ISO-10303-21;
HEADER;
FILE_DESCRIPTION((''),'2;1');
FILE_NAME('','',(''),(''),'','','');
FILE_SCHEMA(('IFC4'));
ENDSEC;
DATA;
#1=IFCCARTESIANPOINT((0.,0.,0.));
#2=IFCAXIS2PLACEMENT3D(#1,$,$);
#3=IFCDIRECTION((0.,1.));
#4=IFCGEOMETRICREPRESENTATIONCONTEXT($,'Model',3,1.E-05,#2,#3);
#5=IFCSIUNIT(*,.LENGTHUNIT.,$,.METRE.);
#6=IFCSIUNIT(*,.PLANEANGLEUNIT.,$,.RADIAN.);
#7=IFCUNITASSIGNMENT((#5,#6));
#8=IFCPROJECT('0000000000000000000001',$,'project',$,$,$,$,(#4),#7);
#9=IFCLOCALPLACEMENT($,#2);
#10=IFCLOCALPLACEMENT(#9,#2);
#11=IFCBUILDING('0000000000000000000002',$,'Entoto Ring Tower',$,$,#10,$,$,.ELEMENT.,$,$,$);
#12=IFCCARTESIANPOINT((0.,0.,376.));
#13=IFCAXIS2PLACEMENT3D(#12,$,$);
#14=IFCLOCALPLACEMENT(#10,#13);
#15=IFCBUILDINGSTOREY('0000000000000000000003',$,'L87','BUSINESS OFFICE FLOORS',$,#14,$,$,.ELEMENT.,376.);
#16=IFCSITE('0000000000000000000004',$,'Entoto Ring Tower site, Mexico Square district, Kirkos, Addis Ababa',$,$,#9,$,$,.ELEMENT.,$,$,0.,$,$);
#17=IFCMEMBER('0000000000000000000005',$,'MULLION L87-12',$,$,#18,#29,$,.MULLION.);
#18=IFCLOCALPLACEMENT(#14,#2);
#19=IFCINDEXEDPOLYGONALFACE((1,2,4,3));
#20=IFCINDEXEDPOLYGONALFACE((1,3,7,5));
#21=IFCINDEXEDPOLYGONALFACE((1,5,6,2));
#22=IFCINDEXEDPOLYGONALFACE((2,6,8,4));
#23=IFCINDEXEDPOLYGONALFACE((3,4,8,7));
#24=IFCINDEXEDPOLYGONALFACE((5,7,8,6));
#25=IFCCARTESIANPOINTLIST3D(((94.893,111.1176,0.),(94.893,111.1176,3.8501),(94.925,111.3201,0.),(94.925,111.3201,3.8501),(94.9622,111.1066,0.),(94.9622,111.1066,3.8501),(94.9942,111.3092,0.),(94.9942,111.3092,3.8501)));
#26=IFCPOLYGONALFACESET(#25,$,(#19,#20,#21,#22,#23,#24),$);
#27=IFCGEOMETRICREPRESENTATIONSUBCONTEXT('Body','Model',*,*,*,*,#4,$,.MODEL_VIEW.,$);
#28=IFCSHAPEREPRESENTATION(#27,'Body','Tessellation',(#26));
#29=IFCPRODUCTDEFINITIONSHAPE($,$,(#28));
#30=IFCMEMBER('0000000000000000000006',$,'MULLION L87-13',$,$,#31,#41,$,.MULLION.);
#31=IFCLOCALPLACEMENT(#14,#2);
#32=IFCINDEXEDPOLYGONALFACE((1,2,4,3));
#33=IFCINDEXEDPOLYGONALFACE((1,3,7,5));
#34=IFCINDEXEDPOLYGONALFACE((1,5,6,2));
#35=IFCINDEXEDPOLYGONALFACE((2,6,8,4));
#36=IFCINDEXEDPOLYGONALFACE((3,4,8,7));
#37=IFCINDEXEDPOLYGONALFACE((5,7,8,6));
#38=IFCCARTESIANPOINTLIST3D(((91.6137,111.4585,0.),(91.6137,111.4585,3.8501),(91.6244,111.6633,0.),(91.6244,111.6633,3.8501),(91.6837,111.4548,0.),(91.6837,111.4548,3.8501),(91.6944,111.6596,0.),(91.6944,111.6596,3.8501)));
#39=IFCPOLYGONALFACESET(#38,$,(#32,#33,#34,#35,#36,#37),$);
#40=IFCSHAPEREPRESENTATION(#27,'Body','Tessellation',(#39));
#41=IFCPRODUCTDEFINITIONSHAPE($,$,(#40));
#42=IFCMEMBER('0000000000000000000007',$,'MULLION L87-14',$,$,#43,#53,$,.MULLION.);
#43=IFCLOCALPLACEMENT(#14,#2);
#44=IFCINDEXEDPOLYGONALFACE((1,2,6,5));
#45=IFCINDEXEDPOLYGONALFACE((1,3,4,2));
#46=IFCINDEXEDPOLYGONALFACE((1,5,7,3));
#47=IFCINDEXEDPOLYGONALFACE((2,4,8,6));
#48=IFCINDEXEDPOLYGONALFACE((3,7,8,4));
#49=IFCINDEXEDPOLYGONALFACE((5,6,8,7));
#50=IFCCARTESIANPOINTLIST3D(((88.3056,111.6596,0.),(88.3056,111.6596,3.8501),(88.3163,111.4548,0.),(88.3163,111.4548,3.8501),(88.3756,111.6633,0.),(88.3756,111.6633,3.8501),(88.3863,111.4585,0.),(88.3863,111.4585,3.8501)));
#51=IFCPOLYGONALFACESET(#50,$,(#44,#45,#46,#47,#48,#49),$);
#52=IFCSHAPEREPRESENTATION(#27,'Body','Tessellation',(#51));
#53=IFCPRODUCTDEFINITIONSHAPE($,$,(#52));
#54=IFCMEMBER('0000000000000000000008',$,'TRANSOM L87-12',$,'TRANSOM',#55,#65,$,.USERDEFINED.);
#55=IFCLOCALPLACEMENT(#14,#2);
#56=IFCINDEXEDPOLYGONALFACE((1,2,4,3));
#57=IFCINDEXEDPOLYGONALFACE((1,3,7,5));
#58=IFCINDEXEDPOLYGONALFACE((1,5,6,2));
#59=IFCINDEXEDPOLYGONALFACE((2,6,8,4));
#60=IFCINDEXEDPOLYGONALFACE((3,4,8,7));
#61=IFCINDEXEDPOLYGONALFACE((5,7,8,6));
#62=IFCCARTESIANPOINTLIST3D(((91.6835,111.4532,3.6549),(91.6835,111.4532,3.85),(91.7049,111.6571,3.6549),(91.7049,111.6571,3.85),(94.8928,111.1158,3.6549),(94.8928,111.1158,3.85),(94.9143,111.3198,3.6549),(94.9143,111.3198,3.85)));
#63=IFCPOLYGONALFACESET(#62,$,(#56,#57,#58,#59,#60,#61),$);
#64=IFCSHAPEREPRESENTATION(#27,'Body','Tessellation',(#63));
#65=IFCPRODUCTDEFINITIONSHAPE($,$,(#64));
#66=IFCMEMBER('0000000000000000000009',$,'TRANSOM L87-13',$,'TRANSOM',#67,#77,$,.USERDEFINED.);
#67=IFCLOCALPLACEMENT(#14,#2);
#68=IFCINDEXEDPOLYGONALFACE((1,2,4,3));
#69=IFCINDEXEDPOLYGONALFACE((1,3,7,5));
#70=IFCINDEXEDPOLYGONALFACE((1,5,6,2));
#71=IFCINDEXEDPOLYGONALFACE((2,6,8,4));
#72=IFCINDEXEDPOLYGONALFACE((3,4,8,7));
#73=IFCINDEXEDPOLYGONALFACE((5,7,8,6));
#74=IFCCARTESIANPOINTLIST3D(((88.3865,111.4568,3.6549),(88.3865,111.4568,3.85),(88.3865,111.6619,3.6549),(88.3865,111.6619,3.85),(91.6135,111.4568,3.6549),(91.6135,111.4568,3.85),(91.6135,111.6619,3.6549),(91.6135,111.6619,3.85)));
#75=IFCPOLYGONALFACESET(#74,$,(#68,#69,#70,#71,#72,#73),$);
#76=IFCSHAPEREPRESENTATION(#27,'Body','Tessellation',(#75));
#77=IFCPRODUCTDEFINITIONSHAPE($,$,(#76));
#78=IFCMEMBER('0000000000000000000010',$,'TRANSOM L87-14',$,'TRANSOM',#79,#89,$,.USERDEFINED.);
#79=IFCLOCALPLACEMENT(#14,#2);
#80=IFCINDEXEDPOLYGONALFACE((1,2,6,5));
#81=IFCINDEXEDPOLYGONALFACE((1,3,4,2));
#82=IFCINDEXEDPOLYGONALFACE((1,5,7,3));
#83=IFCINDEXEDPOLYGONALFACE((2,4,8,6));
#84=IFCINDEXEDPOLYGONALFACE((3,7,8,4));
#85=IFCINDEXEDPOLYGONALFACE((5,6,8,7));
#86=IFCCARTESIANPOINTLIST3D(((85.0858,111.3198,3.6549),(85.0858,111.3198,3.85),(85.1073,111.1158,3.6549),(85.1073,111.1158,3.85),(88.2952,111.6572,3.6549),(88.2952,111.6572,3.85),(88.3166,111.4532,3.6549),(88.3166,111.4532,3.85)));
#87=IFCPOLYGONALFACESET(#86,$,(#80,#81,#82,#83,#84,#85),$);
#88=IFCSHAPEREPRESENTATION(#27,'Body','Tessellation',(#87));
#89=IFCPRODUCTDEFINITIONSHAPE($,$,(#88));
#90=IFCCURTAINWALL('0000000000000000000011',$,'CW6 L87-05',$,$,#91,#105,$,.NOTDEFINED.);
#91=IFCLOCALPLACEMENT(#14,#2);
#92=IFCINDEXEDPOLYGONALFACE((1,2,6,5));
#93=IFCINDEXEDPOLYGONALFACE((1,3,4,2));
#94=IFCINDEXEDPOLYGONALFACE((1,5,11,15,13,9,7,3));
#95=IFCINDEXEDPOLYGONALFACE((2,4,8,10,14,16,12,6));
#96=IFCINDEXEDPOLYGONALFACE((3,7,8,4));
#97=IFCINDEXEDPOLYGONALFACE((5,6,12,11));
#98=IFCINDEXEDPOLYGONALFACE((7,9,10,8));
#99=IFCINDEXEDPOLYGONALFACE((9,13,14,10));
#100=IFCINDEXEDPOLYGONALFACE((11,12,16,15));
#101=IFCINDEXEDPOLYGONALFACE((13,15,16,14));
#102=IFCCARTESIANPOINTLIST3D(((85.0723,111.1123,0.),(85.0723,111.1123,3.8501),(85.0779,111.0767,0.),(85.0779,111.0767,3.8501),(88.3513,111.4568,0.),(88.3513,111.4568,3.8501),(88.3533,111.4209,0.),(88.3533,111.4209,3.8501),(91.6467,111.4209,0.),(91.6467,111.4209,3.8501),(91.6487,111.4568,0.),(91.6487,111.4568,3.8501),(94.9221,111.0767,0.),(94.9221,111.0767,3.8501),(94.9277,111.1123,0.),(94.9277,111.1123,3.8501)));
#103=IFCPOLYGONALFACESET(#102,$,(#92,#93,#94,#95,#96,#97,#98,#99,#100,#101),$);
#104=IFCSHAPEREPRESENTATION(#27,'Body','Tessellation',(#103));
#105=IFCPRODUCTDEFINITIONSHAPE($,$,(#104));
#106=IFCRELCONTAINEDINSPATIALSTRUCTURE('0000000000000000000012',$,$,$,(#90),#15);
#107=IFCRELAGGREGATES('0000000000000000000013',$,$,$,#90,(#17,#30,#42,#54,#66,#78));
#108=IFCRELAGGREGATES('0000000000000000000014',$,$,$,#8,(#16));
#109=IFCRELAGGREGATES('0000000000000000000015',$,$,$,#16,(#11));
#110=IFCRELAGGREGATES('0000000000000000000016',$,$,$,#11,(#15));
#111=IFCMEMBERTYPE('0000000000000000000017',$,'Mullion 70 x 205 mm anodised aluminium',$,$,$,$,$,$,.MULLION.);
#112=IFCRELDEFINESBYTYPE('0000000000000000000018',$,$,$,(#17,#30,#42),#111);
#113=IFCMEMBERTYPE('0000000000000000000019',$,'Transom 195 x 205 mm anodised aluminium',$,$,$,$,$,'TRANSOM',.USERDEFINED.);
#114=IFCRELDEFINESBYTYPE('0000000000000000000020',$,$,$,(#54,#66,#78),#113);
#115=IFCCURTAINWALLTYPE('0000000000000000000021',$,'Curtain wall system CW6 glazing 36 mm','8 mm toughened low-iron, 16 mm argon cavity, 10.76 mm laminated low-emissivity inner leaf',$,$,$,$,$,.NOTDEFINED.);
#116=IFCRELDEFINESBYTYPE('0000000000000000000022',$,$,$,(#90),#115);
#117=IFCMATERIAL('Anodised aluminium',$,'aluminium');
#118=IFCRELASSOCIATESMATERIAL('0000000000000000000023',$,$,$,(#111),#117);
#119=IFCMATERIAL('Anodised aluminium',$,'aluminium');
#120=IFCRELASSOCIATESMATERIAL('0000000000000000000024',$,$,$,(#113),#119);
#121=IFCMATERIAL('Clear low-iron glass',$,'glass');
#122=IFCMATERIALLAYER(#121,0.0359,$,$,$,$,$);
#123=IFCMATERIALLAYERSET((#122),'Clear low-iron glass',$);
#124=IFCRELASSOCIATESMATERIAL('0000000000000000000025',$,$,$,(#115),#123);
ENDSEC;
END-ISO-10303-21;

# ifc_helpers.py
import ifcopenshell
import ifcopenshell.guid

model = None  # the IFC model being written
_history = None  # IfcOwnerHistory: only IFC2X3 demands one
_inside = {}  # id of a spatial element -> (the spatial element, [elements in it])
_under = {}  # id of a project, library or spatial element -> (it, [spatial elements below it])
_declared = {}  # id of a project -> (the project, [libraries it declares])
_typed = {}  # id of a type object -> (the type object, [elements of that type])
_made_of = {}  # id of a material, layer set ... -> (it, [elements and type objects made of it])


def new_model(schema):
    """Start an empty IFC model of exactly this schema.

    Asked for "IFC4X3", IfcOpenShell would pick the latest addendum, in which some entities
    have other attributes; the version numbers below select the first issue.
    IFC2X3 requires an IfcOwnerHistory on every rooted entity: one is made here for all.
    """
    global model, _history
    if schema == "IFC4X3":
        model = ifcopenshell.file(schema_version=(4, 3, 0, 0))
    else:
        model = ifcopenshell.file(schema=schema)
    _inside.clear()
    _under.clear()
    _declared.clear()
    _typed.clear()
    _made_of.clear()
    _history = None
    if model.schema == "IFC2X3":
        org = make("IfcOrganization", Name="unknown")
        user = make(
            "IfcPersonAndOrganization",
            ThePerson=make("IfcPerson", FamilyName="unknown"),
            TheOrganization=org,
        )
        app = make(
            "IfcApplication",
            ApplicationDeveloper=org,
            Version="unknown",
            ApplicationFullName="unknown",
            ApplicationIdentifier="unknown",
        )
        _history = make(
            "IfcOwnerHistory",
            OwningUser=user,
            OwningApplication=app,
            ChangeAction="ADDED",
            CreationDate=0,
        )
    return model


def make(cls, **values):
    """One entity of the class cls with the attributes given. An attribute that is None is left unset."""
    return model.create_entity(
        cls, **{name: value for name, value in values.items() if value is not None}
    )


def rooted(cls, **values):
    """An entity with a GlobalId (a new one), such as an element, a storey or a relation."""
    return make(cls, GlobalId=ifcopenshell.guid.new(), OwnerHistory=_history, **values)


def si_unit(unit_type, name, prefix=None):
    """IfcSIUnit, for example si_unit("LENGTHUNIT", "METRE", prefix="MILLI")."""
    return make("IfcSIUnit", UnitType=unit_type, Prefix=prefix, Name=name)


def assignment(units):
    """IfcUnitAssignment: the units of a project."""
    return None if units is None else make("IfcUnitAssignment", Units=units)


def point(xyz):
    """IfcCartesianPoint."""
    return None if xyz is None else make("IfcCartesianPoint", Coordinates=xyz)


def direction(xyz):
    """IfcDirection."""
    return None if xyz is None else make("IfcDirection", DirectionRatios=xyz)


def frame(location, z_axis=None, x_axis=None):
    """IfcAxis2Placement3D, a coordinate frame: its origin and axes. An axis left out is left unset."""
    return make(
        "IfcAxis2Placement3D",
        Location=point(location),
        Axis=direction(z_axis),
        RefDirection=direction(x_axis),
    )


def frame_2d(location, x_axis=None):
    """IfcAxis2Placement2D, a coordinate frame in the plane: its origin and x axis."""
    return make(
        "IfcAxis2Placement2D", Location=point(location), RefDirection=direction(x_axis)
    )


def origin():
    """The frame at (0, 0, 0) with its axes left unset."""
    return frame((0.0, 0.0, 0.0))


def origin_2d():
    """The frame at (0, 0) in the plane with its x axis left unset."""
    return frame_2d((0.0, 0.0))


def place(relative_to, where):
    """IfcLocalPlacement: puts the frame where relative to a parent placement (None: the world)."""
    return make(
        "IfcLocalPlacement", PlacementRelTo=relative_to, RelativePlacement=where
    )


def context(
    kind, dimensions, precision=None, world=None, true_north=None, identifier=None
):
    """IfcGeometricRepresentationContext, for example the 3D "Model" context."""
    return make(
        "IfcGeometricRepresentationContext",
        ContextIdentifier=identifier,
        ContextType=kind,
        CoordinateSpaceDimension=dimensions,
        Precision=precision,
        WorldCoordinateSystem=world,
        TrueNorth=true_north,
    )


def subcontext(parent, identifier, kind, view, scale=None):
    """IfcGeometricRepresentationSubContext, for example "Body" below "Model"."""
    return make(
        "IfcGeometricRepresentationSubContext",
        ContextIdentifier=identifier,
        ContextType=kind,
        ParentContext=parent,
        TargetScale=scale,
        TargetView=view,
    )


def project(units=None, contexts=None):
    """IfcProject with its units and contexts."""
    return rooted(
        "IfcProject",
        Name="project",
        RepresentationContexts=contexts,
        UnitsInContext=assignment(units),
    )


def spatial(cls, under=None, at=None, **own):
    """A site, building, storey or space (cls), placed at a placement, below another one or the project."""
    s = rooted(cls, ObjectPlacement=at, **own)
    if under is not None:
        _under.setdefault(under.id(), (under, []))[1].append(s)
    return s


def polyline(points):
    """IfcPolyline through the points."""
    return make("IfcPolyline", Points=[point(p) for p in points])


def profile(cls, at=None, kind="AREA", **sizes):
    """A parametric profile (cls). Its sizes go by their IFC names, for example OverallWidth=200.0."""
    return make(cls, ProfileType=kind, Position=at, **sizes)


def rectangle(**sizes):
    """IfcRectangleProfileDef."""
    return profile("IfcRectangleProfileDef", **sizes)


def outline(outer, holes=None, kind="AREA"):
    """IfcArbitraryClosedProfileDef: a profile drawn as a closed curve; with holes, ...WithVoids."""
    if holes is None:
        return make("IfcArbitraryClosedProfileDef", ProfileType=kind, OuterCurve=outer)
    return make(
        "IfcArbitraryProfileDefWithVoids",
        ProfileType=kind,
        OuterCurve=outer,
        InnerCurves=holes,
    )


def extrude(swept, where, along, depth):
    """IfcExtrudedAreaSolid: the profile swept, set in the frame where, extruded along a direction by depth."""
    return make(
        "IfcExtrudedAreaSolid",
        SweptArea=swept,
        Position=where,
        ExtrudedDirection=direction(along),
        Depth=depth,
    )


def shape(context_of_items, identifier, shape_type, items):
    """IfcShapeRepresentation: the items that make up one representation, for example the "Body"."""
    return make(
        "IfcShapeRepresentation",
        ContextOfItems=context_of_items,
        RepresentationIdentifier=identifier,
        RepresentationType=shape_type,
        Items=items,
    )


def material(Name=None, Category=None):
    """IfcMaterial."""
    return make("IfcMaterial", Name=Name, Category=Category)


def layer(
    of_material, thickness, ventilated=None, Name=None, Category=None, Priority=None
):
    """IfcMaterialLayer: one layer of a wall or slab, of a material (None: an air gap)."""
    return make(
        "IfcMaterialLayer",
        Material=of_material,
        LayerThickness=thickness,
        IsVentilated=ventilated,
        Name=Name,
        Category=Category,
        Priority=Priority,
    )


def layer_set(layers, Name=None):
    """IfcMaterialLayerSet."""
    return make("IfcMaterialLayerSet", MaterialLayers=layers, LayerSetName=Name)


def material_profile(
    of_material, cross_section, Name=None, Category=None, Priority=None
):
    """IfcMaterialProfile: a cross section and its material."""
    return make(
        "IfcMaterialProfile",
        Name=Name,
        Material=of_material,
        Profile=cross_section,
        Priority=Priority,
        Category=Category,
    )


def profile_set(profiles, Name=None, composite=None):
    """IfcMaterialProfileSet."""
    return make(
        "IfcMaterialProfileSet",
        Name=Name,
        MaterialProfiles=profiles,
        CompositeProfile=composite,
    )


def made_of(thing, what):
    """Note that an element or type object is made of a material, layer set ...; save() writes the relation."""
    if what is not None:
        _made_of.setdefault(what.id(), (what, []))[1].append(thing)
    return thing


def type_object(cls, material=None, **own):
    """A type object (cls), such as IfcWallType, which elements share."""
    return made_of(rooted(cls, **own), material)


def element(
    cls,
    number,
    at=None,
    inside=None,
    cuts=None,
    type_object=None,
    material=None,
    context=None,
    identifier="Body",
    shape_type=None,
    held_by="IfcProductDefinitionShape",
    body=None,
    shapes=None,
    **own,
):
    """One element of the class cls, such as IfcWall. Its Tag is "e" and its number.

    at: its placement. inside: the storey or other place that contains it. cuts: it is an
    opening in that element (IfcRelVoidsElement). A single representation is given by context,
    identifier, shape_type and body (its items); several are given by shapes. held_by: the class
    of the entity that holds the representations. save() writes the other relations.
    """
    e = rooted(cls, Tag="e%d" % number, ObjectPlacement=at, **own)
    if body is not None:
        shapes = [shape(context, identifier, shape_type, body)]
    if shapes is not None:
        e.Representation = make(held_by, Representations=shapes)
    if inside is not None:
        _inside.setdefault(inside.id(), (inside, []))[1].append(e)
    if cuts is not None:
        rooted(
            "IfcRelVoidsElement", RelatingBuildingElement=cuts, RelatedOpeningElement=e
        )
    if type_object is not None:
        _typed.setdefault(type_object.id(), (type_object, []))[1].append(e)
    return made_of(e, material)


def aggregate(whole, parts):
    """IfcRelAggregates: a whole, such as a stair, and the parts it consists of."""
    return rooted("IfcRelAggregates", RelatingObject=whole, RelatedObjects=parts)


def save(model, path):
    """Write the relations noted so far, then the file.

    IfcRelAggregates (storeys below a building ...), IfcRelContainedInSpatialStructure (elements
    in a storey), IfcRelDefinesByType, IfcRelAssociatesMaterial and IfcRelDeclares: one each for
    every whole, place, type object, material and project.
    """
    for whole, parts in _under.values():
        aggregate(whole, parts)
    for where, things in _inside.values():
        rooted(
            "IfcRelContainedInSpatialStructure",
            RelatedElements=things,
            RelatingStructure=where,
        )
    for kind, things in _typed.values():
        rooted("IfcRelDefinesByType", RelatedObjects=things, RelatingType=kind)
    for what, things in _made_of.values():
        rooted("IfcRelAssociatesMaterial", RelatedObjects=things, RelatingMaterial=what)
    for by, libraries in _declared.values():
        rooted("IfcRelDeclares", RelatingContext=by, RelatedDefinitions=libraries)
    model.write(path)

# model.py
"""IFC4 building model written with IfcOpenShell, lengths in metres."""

from ifc_helpers import new_model, si_unit, direction, frame, origin, origin_2d, place, context, subcontext, project, spatial, polyline, rectangle, outline, extrude, material, layer, layer_set, material_profile, profile_set, type_object, element, aggregate, save


model = new_model("IFC4")

# Units and contexts
model_context = context("Model", 3, precision=1e-05, world=origin(), true_north=direction((0.0, 1.0)))
body_context = subcontext(model_context, "Body", "Model", "MODEL_VIEW")
ifc_project = project(units=[si_unit("LENGTHUNIT", "METRE"), si_unit("PLANEANGLEUNIT", "RADIAN")], contexts=[model_context])

# Members
ifc_material_1 = material(Name="Anodised aluminium", Category="aluminium")
ifc_material_profile_1 = material_profile(ifc_material_1, rectangle(XDim=0.0701, YDim=0.2051, at=origin_2d()), Name="Mullion 70 x 205 mm anodised aluminium")
ifc_profile_set_1 = profile_set([ifc_material_profile_1], Name="Anodised aluminium")
member_type_1 = type_object("IfcMemberType", Name="Mullion 70 x 205 mm anodised aluminium", PredefinedType="MULLION", material=ifc_profile_set_1)
site_placement = place(None, origin())
building_placement = place(site_placement, origin())
storey_placement = place(building_placement, frame((0.0, 0.0, 376.0)))
member_1_placement = place(storey_placement, frame((94.9436, 111.2134, 0.0), z_axis=(0.0, 0.0, 1.0), x_axis=(-0.987688, 0.156434, 0.0)))
member_1 = element("IfcMember", 1, at=member_1_placement, type_object=member_type_1, Name="MULLION L87-12", PredefinedType="MULLION", context=body_context, shape_type="SweptSolid", body=[
    extrude(rectangle(XDim=0.0701, YDim=0.2051, at=origin_2d()), origin(), (0.0, 0.0, 1.0), 3.8501),
])
member_2_placement = place(storey_placement, frame((91.6541, 111.5591, 0.0), z_axis=(0.0, 0.0, 1.0), x_axis=(-0.99863, 0.052336, 0.0)))
member_2 = element("IfcMember", 2, at=member_2_placement, type_object=member_type_1, Name="MULLION L87-13", PredefinedType="MULLION", context=body_context, shape_type="SweptSolid", body=[
    extrude(rectangle(XDim=0.0701, YDim=0.2051, at=origin_2d()), origin(), (0.0, 0.0, 1.0), 3.8501),
])
member_3_placement = place(storey_placement, frame((88.3459, 111.5591, 0.0), z_axis=(0.0, 0.0, 1.0), x_axis=(-0.99863, -0.052336, 0.0)))
member_3 = element("IfcMember", 3, at=member_3_placement, type_object=member_type_1, Name="MULLION L87-14", PredefinedType="MULLION", context=body_context, shape_type="SweptSolid", body=[
    extrude(rectangle(XDim=0.0701, YDim=0.2051, at=origin_2d()), origin(), (0.0, 0.0, 1.0), 3.8501),
])
ifc_material_2 = material(Name="Anodised aluminium", Category="aluminium")
ifc_material_profile_2 = material_profile(ifc_material_2, rectangle(XDim=0.2051, YDim=0.1951, at=origin_2d()), Name="Transom 195 x 205 mm anodised aluminium")
ifc_profile_set_2 = profile_set([ifc_material_profile_2], Name="Anodised aluminium")
member_type_2 = type_object("IfcMemberType", Name="Transom 195 x 205 mm anodised aluminium", ElementType="TRANSOM", PredefinedType="USERDEFINED", material=ifc_profile_set_2)
member_4_placement = place(storey_placement, frame((94.9036, 111.2178, 3.7524), z_axis=(-0.99452, 0.104551, 0.0), x_axis=(-0.104551, -0.99452, 0.0)))
member_4 = element("IfcMember", 4, at=member_4_placement, type_object=member_type_2, Name="TRANSOM L87-12", ObjectType="TRANSOM", PredefinedType="USERDEFINED", context=body_context, shape_type="SweptSolid", body=[
    extrude(rectangle(XDim=0.2051, YDim=0.1951, at=origin_2d()), origin(), (0.0, 0.0, 1.0), 3.2271),
])
member_5_placement = place(storey_placement, frame((91.6135, 111.5593, 3.7524), z_axis=(-1.0, 0.0, 0.0), x_axis=(0.0, -1.0, 0.0)))
member_5 = element("IfcMember", 5, at=member_5_placement, type_object=member_type_2, Name="TRANSOM L87-13", ObjectType="TRANSOM", PredefinedType="USERDEFINED", context=body_context, shape_type="SweptSolid", body=[
    extrude(rectangle(XDim=0.2051, YDim=0.1951, at=origin_2d()), origin(), (0.0, 0.0, 1.0), 3.2271),
])
member_6_placement = place(storey_placement, frame((88.3059, 111.5552, 3.7524), z_axis=(-0.99452, -0.104551, 0.0), x_axis=(0.104551, -0.99452, 0.0)))
member_6 = element("IfcMember", 6, at=member_6_placement, type_object=member_type_2, Name="TRANSOM L87-14", ObjectType="TRANSOM", PredefinedType="USERDEFINED", context=body_context, shape_type="SweptSolid", body=[
    extrude(rectangle(XDim=0.2051, YDim=0.1951, at=origin_2d()), origin(), (0.0, 0.0, 1.0), 3.2271),
])

# Site, building, storey
site = spatial("IfcSite", under=ifc_project, at=site_placement, Name="Entoto Ring Tower site, Mexico Square district, Kirkos, Addis Ababa", CompositionType="ELEMENT", RefElevation=0.0)
building = spatial("IfcBuilding", under=site, at=building_placement, Name="Entoto Ring Tower", CompositionType="ELEMENT")
storey = spatial("IfcBuildingStorey", under=building, at=storey_placement, Name="L87", Description="BUSINESS OFFICE FLOORS", CompositionType="ELEMENT", Elevation=376.0)

# Curtain wall
ifc_material_3 = material(Name="Clear low-iron glass", Category="glass")
ifc_layer = layer(ifc_material_3, 0.0359)
ifc_layer_set = layer_set([ifc_layer], Name="Clear low-iron glass")
curtain_wall_type = type_object("IfcCurtainWallType", Name="Curtain wall system CW6 glazing 36 mm", Description="8 mm toughened low-iron, 16 mm argon cavity, 10.76 mm laminated low-emissivity inner leaf", PredefinedType="NOTDEFINED", material=ifc_layer_set)
curtain_wall_1_placement = place(storey_placement, origin())
curtain_wall_1 = element("IfcCurtainWall", 7, at=curtain_wall_1_placement, inside=storey, type_object=curtain_wall_type, Name="CW6 L87-05", PredefinedType="NOTDEFINED", context=body_context, shape_type="SweptSolid", body=[
    extrude(outline(polyline([(94.9277, 111.1123), (91.6487, 111.4568), (88.3513, 111.4568), (85.0723, 111.1123), (85.0779, 111.0767), (88.3533, 111.4209), (91.6467, 111.4209), (94.9221, 111.0767), (94.9277, 111.1123)])), origin(), (0.0, 0.0, 1.0), 3.8501),
])
aggregate(curtain_wall_1, [member_1, member_2, member_3, member_4, member_5, member_6])

save(model, "model.ifc")
